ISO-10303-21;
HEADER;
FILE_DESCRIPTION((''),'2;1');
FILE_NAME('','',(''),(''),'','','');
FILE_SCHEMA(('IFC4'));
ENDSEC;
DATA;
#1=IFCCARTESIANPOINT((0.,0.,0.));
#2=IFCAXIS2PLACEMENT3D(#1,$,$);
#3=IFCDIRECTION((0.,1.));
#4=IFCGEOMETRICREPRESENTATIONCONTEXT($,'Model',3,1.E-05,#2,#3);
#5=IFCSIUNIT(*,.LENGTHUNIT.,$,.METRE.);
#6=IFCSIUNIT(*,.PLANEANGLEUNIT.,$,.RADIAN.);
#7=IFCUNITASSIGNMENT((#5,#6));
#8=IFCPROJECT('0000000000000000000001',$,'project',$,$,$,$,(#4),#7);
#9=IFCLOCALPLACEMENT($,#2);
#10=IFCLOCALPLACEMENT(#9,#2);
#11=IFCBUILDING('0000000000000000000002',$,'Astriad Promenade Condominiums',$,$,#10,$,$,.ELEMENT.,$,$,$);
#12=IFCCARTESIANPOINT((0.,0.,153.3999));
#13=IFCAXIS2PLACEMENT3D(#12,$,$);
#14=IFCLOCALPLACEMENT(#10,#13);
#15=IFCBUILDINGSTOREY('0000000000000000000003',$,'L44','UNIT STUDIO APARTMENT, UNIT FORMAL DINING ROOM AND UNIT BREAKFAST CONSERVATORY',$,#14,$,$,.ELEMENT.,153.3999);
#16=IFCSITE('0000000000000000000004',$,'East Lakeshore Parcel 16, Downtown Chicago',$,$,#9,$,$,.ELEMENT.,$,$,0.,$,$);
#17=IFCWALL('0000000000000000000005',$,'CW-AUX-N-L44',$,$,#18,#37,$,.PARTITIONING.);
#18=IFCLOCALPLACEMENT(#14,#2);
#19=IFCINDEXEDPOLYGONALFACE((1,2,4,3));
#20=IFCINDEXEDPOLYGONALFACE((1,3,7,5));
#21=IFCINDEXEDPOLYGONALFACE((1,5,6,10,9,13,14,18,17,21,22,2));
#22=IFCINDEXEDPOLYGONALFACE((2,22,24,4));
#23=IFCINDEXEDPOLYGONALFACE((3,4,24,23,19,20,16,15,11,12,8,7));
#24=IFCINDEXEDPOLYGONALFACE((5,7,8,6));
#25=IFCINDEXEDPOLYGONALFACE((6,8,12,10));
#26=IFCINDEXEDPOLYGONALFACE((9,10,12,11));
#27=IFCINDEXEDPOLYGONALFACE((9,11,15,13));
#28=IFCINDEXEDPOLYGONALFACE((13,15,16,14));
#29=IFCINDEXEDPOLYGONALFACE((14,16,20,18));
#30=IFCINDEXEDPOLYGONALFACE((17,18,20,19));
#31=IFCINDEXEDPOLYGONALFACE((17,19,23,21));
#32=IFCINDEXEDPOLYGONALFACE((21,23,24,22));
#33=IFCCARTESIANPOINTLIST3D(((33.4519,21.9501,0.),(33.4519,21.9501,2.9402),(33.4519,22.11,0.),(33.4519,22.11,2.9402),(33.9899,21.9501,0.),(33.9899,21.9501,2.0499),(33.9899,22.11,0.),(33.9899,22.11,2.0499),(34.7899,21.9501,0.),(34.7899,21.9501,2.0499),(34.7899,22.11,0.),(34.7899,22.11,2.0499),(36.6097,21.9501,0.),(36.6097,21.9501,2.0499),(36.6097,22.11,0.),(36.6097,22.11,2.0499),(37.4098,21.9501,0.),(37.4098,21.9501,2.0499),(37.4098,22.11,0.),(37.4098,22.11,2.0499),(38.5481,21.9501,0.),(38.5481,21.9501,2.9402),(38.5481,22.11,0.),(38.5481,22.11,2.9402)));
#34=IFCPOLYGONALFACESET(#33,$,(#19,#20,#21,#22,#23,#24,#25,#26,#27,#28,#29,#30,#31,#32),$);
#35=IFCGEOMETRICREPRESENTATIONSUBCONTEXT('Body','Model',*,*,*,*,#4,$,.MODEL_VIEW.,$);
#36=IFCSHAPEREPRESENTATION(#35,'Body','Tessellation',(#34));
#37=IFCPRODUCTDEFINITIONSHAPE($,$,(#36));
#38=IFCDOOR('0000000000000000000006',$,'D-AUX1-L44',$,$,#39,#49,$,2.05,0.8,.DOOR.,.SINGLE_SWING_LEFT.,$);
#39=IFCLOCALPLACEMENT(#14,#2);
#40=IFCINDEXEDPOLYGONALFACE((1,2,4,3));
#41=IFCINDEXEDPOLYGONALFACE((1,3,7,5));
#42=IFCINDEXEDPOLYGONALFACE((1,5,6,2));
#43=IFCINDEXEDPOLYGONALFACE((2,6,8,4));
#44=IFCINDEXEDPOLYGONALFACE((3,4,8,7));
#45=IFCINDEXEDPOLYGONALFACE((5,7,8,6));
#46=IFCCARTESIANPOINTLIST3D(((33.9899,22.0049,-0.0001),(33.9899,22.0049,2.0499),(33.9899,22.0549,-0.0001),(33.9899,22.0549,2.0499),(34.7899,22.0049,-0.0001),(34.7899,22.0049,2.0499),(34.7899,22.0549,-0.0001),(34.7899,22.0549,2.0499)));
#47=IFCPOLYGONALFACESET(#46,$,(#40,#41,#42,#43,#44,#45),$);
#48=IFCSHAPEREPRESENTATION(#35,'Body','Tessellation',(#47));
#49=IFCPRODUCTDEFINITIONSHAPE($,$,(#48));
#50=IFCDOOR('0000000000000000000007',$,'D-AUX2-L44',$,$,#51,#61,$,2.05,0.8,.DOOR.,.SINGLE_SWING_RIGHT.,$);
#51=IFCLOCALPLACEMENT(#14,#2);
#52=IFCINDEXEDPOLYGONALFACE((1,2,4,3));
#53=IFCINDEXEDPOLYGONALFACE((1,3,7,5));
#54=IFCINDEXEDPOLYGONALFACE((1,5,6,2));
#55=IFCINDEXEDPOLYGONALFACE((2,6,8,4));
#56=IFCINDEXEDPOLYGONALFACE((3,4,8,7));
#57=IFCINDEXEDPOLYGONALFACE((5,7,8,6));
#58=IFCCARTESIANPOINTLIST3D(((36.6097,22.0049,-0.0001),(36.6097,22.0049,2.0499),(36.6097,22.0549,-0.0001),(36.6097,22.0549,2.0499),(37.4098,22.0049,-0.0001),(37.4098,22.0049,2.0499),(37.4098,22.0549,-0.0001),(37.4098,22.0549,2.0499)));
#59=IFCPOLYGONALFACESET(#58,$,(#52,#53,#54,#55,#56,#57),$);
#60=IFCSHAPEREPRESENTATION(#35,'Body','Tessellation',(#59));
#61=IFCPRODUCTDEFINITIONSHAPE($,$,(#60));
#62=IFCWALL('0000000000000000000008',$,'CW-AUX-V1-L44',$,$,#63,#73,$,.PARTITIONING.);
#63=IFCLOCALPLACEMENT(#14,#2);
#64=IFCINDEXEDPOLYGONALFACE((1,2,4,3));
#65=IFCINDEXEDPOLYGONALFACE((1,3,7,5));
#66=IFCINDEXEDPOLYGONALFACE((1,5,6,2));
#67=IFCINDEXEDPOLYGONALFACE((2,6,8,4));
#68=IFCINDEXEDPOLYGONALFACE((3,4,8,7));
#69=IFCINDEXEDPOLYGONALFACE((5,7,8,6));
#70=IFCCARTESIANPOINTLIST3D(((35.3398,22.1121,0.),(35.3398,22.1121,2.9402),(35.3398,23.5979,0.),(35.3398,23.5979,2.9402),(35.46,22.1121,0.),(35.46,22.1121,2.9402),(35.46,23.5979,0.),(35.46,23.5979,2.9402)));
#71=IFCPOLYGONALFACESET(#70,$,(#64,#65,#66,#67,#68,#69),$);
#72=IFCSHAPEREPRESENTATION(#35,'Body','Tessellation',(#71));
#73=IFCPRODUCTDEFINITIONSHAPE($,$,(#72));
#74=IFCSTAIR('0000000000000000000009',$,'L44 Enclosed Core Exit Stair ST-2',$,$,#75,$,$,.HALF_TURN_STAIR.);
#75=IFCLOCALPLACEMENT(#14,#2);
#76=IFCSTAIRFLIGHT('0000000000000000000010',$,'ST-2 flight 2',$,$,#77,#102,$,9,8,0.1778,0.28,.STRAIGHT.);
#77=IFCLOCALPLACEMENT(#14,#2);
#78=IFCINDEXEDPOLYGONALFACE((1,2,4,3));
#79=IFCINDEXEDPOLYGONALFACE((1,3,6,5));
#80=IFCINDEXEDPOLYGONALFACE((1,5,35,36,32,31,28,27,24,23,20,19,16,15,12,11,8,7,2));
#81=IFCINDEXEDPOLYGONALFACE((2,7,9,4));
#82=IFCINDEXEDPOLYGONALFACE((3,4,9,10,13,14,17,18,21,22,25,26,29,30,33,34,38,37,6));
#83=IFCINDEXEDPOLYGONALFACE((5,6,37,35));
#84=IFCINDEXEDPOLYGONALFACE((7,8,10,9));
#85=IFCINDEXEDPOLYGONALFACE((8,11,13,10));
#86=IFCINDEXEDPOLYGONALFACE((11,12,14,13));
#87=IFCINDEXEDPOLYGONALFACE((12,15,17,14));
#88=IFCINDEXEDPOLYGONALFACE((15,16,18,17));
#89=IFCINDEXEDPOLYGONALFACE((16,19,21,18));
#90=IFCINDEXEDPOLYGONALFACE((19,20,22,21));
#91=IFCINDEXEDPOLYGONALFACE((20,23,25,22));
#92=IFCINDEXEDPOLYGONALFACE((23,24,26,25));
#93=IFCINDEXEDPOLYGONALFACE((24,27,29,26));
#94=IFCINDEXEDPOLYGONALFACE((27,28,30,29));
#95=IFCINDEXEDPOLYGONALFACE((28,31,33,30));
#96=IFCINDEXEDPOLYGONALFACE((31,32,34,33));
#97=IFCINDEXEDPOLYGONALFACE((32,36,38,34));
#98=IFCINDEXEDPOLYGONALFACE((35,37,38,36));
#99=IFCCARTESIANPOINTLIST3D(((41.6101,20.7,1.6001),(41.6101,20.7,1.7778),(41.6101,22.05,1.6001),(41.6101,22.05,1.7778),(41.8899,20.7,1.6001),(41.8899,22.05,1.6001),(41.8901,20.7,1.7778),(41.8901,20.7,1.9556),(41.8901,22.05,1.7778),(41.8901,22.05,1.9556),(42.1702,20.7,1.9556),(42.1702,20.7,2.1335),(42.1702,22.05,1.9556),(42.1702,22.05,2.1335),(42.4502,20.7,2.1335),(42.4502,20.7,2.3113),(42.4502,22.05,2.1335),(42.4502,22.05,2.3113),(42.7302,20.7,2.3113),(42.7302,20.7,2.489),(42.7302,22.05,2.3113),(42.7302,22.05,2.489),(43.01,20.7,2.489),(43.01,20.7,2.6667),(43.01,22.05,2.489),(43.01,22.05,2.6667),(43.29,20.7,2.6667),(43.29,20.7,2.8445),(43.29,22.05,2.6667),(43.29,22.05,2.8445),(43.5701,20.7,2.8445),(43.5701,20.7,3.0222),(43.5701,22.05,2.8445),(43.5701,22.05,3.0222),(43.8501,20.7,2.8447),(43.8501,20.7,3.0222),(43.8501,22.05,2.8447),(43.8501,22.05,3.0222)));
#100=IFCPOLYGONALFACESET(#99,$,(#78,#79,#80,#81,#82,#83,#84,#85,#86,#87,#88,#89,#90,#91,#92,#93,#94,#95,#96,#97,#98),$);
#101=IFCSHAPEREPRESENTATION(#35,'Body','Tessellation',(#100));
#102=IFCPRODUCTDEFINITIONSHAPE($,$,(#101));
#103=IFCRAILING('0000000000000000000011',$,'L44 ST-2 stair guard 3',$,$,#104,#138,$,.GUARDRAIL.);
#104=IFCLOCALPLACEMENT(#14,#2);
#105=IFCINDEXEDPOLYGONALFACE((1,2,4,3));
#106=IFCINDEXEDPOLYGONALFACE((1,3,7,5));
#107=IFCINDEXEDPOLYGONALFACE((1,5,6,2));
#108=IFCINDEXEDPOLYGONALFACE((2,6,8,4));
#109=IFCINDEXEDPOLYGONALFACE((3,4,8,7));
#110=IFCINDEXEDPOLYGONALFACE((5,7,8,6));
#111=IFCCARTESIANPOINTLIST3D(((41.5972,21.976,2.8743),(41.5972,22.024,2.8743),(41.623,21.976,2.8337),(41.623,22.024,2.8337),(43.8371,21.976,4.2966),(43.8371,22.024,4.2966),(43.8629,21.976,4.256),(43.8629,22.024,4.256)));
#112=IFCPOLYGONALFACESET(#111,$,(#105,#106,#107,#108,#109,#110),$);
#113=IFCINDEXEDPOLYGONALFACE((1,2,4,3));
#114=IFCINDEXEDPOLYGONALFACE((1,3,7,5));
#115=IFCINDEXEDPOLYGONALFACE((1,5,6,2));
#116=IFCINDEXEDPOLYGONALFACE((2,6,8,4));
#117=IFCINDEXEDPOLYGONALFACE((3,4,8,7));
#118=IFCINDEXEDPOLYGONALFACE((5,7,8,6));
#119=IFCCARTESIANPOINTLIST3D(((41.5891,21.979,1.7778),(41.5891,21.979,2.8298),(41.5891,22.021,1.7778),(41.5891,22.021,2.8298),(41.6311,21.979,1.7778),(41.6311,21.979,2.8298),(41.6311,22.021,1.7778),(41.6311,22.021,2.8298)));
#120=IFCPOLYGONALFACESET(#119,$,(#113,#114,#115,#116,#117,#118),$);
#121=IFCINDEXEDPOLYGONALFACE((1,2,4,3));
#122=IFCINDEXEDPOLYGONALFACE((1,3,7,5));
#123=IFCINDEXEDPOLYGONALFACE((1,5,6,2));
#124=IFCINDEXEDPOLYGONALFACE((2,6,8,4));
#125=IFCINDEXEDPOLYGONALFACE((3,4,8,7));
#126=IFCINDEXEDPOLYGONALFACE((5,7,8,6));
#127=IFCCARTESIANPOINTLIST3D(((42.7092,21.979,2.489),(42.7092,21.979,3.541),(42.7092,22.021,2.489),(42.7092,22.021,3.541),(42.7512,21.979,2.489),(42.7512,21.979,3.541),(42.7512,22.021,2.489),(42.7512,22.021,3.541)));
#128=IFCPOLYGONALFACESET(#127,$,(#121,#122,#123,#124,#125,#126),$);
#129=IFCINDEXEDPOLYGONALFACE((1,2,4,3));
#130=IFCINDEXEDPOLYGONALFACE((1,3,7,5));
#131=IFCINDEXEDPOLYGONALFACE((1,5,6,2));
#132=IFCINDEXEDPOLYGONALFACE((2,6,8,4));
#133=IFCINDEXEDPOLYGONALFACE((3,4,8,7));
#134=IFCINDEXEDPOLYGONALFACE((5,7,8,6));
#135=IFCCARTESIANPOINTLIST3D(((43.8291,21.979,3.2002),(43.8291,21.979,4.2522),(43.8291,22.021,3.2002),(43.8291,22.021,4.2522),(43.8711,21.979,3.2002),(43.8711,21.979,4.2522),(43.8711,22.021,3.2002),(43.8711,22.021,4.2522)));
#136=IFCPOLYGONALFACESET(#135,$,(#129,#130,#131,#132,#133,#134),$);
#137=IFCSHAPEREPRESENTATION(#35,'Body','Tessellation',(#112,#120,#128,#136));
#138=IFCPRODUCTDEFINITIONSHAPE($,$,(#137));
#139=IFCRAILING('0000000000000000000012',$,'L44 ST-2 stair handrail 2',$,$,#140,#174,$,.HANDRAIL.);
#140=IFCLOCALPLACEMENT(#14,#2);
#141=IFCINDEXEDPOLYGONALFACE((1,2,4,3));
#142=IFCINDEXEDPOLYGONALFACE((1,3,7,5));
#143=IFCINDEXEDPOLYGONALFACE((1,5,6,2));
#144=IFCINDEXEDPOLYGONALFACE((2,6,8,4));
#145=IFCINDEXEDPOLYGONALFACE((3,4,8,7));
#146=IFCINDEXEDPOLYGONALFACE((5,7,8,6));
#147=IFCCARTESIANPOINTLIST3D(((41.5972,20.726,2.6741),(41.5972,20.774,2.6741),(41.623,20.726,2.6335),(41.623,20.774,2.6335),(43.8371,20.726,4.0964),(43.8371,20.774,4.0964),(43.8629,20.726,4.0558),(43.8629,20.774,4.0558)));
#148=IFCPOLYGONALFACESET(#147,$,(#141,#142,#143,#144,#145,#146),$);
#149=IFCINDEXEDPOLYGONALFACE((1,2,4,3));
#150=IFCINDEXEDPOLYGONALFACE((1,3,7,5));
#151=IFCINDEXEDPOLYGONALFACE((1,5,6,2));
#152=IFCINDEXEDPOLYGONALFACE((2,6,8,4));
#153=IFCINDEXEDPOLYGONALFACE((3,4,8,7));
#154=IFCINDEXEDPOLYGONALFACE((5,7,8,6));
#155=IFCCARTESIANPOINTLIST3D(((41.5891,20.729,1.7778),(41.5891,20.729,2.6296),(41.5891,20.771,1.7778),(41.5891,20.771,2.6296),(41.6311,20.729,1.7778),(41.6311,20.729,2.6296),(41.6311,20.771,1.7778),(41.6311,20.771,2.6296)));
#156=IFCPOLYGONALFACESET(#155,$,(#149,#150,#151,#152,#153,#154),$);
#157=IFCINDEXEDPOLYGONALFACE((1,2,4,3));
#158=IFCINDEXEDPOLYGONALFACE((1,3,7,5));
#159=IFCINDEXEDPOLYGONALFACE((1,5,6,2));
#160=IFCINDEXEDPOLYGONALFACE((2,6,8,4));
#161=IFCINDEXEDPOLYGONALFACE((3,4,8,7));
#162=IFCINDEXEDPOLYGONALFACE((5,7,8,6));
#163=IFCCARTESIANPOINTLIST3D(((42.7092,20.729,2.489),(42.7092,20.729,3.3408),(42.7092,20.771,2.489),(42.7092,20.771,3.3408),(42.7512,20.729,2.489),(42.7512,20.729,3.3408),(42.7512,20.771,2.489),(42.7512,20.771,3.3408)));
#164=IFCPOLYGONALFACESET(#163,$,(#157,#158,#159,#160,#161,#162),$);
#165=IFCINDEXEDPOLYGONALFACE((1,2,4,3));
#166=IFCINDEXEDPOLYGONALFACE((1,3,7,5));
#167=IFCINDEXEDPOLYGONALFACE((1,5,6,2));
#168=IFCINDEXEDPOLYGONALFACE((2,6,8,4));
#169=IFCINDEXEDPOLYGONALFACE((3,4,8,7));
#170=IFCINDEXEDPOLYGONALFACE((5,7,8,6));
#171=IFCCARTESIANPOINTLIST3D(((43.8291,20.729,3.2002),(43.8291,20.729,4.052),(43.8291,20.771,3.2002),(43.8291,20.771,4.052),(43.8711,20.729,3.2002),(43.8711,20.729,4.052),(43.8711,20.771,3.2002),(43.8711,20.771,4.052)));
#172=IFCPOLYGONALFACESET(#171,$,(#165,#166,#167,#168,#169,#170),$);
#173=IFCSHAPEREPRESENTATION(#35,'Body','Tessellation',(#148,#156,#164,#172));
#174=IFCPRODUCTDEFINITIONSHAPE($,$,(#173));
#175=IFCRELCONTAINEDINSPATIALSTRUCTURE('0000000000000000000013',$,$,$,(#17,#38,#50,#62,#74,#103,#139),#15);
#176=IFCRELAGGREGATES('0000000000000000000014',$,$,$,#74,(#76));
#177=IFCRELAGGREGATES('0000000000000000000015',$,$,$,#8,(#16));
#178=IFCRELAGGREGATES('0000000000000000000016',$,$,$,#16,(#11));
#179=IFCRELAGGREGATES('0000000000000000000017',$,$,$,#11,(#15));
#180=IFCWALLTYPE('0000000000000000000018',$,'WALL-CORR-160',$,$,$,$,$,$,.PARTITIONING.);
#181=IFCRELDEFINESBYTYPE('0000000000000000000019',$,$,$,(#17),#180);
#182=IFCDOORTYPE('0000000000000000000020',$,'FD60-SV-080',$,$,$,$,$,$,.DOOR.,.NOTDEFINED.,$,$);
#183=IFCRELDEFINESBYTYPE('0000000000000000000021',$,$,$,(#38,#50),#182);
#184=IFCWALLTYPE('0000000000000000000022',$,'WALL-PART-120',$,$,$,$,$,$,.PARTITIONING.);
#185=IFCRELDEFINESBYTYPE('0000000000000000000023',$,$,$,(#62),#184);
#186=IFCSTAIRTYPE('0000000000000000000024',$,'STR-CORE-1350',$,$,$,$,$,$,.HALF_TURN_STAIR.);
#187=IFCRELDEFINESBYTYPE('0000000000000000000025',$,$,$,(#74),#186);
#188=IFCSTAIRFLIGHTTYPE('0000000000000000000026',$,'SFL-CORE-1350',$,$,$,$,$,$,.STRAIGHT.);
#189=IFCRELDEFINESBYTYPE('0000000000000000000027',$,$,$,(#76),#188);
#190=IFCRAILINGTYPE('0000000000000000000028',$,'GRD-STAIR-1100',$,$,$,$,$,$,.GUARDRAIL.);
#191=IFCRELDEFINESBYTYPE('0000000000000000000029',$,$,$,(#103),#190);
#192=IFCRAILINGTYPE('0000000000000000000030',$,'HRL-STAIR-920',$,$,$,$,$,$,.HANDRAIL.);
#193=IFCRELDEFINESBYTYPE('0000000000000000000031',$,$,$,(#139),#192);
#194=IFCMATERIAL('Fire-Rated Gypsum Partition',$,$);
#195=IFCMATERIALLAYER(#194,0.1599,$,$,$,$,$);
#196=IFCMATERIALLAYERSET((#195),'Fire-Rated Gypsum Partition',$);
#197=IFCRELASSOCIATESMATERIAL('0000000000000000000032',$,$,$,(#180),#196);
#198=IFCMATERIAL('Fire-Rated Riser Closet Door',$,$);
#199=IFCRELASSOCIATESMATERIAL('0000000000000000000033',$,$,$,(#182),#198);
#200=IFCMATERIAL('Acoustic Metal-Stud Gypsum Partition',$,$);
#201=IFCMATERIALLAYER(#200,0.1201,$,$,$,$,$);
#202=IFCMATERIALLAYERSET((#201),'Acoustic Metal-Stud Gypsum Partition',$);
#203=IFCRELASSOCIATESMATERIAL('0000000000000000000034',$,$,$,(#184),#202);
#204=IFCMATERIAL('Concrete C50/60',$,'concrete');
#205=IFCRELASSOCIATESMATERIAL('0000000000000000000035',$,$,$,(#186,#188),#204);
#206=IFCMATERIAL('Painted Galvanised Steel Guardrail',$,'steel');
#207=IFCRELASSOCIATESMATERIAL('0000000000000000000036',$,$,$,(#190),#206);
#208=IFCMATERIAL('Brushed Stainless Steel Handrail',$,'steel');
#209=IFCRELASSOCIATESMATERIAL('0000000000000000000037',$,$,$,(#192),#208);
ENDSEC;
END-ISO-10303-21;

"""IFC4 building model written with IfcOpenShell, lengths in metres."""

from ifc_helpers import new_model, si_unit, direction, frame, frame_2d, origin, origin_2d, place, context, subcontext, project, spatial, polyline, rectangle, outline, extrude, source, transform, mapped, material, layer, layer_set, type_object, type_shapes, element, fill, aggregate, save


model = new_model("IFC4")

# Units and contexts
model_context = context("Model", 3, precision=1e-05, world=origin(), true_north=direction((0.0, 1.0)))
body_context = subcontext(model_context, "Body", "Model", "MODEL_VIEW")
ifc_project = project(units=[si_unit("LENGTHUNIT", "METRE"), si_unit("PLANEANGLEUNIT", "RADIAN")], contexts=[model_context])

# Site, building, storey
site_placement = place(None, origin())
site = spatial("IfcSite", under=ifc_project, at=site_placement, Name="East Lakeshore Parcel 16, Downtown Chicago", CompositionType="ELEMENT", RefElevation=0.0)
building_placement = place(site_placement, origin())
building = spatial("IfcBuilding", under=site, at=building_placement, Name="Astriad Promenade Condominiums", CompositionType="ELEMENT")
storey_placement = place(building_placement, frame((0.0, 0.0, 153.3999)))
storey = spatial("IfcBuildingStorey", under=building, at=storey_placement, Name="L44", Description="UNIT STUDIO APARTMENT, UNIT FORMAL DINING ROOM AND UNIT BREAKFAST CONSERVATORY", CompositionType="ELEMENT", Elevation=153.3999)

# Shared definitions
ifc_material_1 = material(Name="Concrete C50/60", Category="concrete")

# Shared definitions
ifc_material_2 = material(Name="Fire-Rated Gypsum Partition")
ifc_layer_1 = layer(ifc_material_2, 0.1599)
ifc_layer_set_1 = layer_set([ifc_layer_1], Name="Fire-Rated Gypsum Partition")
wall_type_1 = type_object("IfcWallType", Name="WALL-CORR-160", PredefinedType="PARTITIONING", material=ifc_layer_set_1)

# Wall, openings, doors
wall_1_placement = place(storey_placement, frame((33.4519, 22.03, 0.0), z_axis=(0.0, 0.0, 1.0), x_axis=(1.0, 0.0, 0.0)))
wall_1 = element("IfcWall", 1, at=wall_1_placement, inside=storey, type_object=wall_type_1, Name="CW-AUX-N-L44", PredefinedType="PARTITIONING", context=body_context, shape_type="SweptSolid", body=[
    extrude(rectangle(XDim=5.0962, YDim=0.1599, at=frame_2d((2.5481, 0.0))), origin(), (0.0, 0.0, 1.0), 2.9402),
])
opening_1_placement = place(wall_1_placement, frame((0.5381, 0.0, 0.0)))
opening_1 = element("IfcOpeningElement", 2, at=opening_1_placement, cuts=wall_1, PredefinedType="OPENING", context=body_context, shape_type="SweptSolid", body=[
    extrude(rectangle(XDim=0.8, YDim=2.05, at=frame_2d((0.3999, 1.0249))), frame((0.0, 0.0898, 0.0), z_axis=(0.0, -1.0, 0.0), x_axis=(1.0, 0.0, 0.0)), (0.0, 0.0, 1.0), 0.1799),
])
opening_2_placement = place(wall_1_placement, frame((3.158, 0.0, 0.0)))
opening_2 = element("IfcOpeningElement", 3, at=opening_2_placement, cuts=wall_1, PredefinedType="OPENING", context=body_context, shape_type="SweptSolid", body=[
    extrude(rectangle(XDim=0.8, YDim=2.05, at=frame_2d((0.3999, 1.0249))), frame((0.0, 0.0898, 0.0), z_axis=(0.0, -1.0, 0.0), x_axis=(1.0, 0.0, 0.0)), (0.0, 0.0, 1.0), 0.1799),
])
ifc_material_3 = material(Name="Fire-Rated Riser Closet Door")
door_type_1 = type_object("IfcDoorType", Name="FD60-SV-080", OperationType="NOTDEFINED", PredefinedType="DOOR", material=ifc_material_3)
shared_shape_1 = source(origin(), body_context, "Body", "SweptSolid", [
    extrude(rectangle(XDim=0.8, YDim=2.05, at=frame_2d((0.3999, 1.0249))), frame((0.0, 0.0249, 0.0), z_axis=(0.0, -1.0, 0.0), x_axis=(1.0, 0.0, 0.0)), (0.0, 0.0, 1.0), 0.05),
])
type_shapes(door_type_1, [shared_shape_1])
door_1_placement = place(opening_1_placement, origin())
door_1 = element("IfcDoor", 4, at=door_1_placement, inside=storey, type_object=door_type_1, Name="D-AUX1-L44", OperationType="SINGLE_SWING_LEFT", OverallHeight=2.05, OverallWidth=0.8, PredefinedType="DOOR", context=body_context, shape_type="MappedRepresentation", body=[
    mapped(shared_shape_1, transform((0.0, 0.0, 0.0), scale=1.0)),
])
fill(opening_1, door_1)
door_2_placement = place(opening_2_placement, origin())
door_2 = element("IfcDoor", 5, at=door_2_placement, inside=storey, type_object=door_type_1, Name="D-AUX2-L44", OperationType="SINGLE_SWING_RIGHT", OverallHeight=2.05, OverallWidth=0.8, PredefinedType="DOOR", context=body_context, shape_type="MappedRepresentation", body=[
    mapped(shared_shape_1, transform((0.0, 0.0, 0.0), scale=1.0)),
])
fill(opening_2, door_2)

# Wall
ifc_material_4 = material(Name="Acoustic Metal-Stud Gypsum Partition")
ifc_layer_2 = layer(ifc_material_4, 0.1201)
ifc_layer_set_2 = layer_set([ifc_layer_2], Name="Acoustic Metal-Stud Gypsum Partition")
wall_type_2 = type_object("IfcWallType", Name="WALL-PART-120", PredefinedType="PARTITIONING", material=ifc_layer_set_2)
wall_2_placement = place(storey_placement, frame((35.3999, 22.1121, 0.0), z_axis=(0.0, 0.0, 1.0), x_axis=(0.0, 1.0, 0.0)))
element("IfcWall", 6, at=wall_2_placement, inside=storey, type_object=wall_type_2, Name="CW-AUX-V1-L44", PredefinedType="PARTITIONING", context=body_context, shape_type="SweptSolid", body=[
    extrude(rectangle(XDim=1.4858, YDim=0.1201, at=frame_2d((0.7429, 0.0))), origin(), (0.0, 0.0, 1.0), 2.9402),
])

# Stair, stair flight
stair_type = type_object("IfcStairType", Name="STR-CORE-1350", PredefinedType="HALF_TURN_STAIR", material=ifc_material_1)
stair_placement = place(storey_placement, origin())
stair = element("IfcStair", 7, at=stair_placement, inside=storey, type_object=stair_type, Name="L44 Enclosed Core Exit Stair ST-2", PredefinedType="HALF_TURN_STAIR")
stair_flight_type = type_object("IfcStairFlightType", Name="SFL-CORE-1350", PredefinedType="STRAIGHT", material=ifc_material_1)
shared_shape_2 = source(origin(), body_context, "Body", "SweptSolid", [
    extrude(outline(polyline([(0.0, 0.0), (0.0, 0.1777), (0.28, 0.1777), (0.28, 0.3555), (0.5601, 0.3555), (0.5601, 0.5334), (0.8401, 0.5334), (0.8401, 0.7112), (1.1201, 0.7112), (1.1201, 0.8889), (1.3999, 0.8889), (1.3999, 1.0667), (1.6799, 1.0667), (1.6799, 1.2444), (1.96, 1.2444), (1.96, 1.4221), (2.24, 1.4221), (2.24, 1.6001), (2.24, 1.2446), (0.2798, 0.0), (0.0, 0.0)])), frame((0.0, 0.675, 0.0), z_axis=(0.0, -1.0, 0.0), x_axis=(1.0, 0.0, 0.0)), (0.0, 0.0, 1.0), 1.3501),
])
type_shapes(stair_flight_type, [shared_shape_2])
stair_flight_placement = place(storey_placement, frame((41.6101, 21.375, 1.6001), z_axis=(0.0, 0.0, 1.0), x_axis=(1.0, 0.0, 0.0)))
stair_flight = element("IfcStairFlight", 8, at=stair_flight_placement, type_object=stair_flight_type, Name="ST-2 flight 2", NumberOfRisers=9, NumberOfTreads=8, PredefinedType="STRAIGHT", RiserHeight=0.1778, TreadLength=0.28, context=body_context, shape_type="MappedRepresentation", body=[
    mapped(shared_shape_2, transform((0.0, 0.0, 0.0), scale=1.0)),
])
aggregate(stair, [stair_flight])

# Railings
ifc_material_5 = material(Name="Painted Galvanised Steel Guardrail", Category="steel")
railing_type_1 = type_object("IfcRailingType", Name="GRD-STAIR-1100", PredefinedType="GUARDRAIL", material=ifc_material_5)
shared_shape_3 = source(origin(), body_context, "Body", "SweptSolid", [
    extrude(rectangle(XDim=0.0481, YDim=0.0481, at=origin_2d()), frame((0.0, 0.0, 1.0762), z_axis=(0.844188, 0.0, 0.536048), x_axis=(0.0, 1.0, 0.0)), (0.0, 0.0, 1.0), 2.6533),
    extrude(rectangle(XDim=0.042, YDim=0.042, at=origin_2d()), origin(), (0.0, 0.0, 1.0), 1.052),
    extrude(rectangle(XDim=0.042, YDim=0.042, at=origin_2d()), frame((1.1201, 0.0, 0.7112)), (0.0, 0.0, 1.0), 1.052),
    extrude(rectangle(XDim=0.042, YDim=0.042, at=origin_2d()), frame((2.24, 0.0, 1.4224)), (0.0, 0.0, 1.0), 1.052),
])
railing_1_placement = place(storey_placement, frame((41.6101, 22.0, 1.7778)))
element("IfcRailing", 9, at=railing_1_placement, inside=storey, type_object=railing_type_1, Name="L44 ST-2 stair guard 3", PredefinedType="GUARDRAIL", context=body_context, shape_type="MappedRepresentation", body=[
    mapped(shared_shape_3, transform((0.0, 0.0, 0.0), scale=1.0)),
])
ifc_material_6 = material(Name="Brushed Stainless Steel Handrail", Category="steel")
railing_type_2 = type_object("IfcRailingType", Name="HRL-STAIR-920", PredefinedType="HANDRAIL", material=ifc_material_6)
shared_shape_4 = source(origin(), body_context, "Body", "SweptSolid", [
    extrude(rectangle(XDim=0.0481, YDim=0.0481, at=origin_2d()), frame((0.0, 0.0, 0.876), z_axis=(0.844188, 0.0, 0.536048), x_axis=(0.0, 1.0, 0.0)), (0.0, 0.0, 1.0), 2.6533),
    extrude(rectangle(XDim=0.042, YDim=0.042, at=origin_2d()), origin(), (0.0, 0.0, 1.0), 0.8518),
    extrude(rectangle(XDim=0.042, YDim=0.042, at=origin_2d()), frame((1.1201, 0.0, 0.7112)), (0.0, 0.0, 1.0), 0.8518),
    extrude(rectangle(XDim=0.042, YDim=0.042, at=origin_2d()), frame((2.24, 0.0, 1.4224)), (0.0, 0.0, 1.0), 0.8518),
])
type_shapes(railing_type_2, [shared_shape_4])
railing_2_placement = place(storey_placement, frame((41.6101, 20.75, 1.7778)))
element("IfcRailing", 10, at=railing_2_placement, inside=storey, type_object=railing_type_2, Name="L44 ST-2 stair handrail 2", PredefinedType="HANDRAIL", context=body_context, shape_type="MappedRepresentation", body=[
    mapped(shared_shape_4, transform((0.0, 0.0, 0.0), scale=1.0)),
])

save(model, "model.ifc")
